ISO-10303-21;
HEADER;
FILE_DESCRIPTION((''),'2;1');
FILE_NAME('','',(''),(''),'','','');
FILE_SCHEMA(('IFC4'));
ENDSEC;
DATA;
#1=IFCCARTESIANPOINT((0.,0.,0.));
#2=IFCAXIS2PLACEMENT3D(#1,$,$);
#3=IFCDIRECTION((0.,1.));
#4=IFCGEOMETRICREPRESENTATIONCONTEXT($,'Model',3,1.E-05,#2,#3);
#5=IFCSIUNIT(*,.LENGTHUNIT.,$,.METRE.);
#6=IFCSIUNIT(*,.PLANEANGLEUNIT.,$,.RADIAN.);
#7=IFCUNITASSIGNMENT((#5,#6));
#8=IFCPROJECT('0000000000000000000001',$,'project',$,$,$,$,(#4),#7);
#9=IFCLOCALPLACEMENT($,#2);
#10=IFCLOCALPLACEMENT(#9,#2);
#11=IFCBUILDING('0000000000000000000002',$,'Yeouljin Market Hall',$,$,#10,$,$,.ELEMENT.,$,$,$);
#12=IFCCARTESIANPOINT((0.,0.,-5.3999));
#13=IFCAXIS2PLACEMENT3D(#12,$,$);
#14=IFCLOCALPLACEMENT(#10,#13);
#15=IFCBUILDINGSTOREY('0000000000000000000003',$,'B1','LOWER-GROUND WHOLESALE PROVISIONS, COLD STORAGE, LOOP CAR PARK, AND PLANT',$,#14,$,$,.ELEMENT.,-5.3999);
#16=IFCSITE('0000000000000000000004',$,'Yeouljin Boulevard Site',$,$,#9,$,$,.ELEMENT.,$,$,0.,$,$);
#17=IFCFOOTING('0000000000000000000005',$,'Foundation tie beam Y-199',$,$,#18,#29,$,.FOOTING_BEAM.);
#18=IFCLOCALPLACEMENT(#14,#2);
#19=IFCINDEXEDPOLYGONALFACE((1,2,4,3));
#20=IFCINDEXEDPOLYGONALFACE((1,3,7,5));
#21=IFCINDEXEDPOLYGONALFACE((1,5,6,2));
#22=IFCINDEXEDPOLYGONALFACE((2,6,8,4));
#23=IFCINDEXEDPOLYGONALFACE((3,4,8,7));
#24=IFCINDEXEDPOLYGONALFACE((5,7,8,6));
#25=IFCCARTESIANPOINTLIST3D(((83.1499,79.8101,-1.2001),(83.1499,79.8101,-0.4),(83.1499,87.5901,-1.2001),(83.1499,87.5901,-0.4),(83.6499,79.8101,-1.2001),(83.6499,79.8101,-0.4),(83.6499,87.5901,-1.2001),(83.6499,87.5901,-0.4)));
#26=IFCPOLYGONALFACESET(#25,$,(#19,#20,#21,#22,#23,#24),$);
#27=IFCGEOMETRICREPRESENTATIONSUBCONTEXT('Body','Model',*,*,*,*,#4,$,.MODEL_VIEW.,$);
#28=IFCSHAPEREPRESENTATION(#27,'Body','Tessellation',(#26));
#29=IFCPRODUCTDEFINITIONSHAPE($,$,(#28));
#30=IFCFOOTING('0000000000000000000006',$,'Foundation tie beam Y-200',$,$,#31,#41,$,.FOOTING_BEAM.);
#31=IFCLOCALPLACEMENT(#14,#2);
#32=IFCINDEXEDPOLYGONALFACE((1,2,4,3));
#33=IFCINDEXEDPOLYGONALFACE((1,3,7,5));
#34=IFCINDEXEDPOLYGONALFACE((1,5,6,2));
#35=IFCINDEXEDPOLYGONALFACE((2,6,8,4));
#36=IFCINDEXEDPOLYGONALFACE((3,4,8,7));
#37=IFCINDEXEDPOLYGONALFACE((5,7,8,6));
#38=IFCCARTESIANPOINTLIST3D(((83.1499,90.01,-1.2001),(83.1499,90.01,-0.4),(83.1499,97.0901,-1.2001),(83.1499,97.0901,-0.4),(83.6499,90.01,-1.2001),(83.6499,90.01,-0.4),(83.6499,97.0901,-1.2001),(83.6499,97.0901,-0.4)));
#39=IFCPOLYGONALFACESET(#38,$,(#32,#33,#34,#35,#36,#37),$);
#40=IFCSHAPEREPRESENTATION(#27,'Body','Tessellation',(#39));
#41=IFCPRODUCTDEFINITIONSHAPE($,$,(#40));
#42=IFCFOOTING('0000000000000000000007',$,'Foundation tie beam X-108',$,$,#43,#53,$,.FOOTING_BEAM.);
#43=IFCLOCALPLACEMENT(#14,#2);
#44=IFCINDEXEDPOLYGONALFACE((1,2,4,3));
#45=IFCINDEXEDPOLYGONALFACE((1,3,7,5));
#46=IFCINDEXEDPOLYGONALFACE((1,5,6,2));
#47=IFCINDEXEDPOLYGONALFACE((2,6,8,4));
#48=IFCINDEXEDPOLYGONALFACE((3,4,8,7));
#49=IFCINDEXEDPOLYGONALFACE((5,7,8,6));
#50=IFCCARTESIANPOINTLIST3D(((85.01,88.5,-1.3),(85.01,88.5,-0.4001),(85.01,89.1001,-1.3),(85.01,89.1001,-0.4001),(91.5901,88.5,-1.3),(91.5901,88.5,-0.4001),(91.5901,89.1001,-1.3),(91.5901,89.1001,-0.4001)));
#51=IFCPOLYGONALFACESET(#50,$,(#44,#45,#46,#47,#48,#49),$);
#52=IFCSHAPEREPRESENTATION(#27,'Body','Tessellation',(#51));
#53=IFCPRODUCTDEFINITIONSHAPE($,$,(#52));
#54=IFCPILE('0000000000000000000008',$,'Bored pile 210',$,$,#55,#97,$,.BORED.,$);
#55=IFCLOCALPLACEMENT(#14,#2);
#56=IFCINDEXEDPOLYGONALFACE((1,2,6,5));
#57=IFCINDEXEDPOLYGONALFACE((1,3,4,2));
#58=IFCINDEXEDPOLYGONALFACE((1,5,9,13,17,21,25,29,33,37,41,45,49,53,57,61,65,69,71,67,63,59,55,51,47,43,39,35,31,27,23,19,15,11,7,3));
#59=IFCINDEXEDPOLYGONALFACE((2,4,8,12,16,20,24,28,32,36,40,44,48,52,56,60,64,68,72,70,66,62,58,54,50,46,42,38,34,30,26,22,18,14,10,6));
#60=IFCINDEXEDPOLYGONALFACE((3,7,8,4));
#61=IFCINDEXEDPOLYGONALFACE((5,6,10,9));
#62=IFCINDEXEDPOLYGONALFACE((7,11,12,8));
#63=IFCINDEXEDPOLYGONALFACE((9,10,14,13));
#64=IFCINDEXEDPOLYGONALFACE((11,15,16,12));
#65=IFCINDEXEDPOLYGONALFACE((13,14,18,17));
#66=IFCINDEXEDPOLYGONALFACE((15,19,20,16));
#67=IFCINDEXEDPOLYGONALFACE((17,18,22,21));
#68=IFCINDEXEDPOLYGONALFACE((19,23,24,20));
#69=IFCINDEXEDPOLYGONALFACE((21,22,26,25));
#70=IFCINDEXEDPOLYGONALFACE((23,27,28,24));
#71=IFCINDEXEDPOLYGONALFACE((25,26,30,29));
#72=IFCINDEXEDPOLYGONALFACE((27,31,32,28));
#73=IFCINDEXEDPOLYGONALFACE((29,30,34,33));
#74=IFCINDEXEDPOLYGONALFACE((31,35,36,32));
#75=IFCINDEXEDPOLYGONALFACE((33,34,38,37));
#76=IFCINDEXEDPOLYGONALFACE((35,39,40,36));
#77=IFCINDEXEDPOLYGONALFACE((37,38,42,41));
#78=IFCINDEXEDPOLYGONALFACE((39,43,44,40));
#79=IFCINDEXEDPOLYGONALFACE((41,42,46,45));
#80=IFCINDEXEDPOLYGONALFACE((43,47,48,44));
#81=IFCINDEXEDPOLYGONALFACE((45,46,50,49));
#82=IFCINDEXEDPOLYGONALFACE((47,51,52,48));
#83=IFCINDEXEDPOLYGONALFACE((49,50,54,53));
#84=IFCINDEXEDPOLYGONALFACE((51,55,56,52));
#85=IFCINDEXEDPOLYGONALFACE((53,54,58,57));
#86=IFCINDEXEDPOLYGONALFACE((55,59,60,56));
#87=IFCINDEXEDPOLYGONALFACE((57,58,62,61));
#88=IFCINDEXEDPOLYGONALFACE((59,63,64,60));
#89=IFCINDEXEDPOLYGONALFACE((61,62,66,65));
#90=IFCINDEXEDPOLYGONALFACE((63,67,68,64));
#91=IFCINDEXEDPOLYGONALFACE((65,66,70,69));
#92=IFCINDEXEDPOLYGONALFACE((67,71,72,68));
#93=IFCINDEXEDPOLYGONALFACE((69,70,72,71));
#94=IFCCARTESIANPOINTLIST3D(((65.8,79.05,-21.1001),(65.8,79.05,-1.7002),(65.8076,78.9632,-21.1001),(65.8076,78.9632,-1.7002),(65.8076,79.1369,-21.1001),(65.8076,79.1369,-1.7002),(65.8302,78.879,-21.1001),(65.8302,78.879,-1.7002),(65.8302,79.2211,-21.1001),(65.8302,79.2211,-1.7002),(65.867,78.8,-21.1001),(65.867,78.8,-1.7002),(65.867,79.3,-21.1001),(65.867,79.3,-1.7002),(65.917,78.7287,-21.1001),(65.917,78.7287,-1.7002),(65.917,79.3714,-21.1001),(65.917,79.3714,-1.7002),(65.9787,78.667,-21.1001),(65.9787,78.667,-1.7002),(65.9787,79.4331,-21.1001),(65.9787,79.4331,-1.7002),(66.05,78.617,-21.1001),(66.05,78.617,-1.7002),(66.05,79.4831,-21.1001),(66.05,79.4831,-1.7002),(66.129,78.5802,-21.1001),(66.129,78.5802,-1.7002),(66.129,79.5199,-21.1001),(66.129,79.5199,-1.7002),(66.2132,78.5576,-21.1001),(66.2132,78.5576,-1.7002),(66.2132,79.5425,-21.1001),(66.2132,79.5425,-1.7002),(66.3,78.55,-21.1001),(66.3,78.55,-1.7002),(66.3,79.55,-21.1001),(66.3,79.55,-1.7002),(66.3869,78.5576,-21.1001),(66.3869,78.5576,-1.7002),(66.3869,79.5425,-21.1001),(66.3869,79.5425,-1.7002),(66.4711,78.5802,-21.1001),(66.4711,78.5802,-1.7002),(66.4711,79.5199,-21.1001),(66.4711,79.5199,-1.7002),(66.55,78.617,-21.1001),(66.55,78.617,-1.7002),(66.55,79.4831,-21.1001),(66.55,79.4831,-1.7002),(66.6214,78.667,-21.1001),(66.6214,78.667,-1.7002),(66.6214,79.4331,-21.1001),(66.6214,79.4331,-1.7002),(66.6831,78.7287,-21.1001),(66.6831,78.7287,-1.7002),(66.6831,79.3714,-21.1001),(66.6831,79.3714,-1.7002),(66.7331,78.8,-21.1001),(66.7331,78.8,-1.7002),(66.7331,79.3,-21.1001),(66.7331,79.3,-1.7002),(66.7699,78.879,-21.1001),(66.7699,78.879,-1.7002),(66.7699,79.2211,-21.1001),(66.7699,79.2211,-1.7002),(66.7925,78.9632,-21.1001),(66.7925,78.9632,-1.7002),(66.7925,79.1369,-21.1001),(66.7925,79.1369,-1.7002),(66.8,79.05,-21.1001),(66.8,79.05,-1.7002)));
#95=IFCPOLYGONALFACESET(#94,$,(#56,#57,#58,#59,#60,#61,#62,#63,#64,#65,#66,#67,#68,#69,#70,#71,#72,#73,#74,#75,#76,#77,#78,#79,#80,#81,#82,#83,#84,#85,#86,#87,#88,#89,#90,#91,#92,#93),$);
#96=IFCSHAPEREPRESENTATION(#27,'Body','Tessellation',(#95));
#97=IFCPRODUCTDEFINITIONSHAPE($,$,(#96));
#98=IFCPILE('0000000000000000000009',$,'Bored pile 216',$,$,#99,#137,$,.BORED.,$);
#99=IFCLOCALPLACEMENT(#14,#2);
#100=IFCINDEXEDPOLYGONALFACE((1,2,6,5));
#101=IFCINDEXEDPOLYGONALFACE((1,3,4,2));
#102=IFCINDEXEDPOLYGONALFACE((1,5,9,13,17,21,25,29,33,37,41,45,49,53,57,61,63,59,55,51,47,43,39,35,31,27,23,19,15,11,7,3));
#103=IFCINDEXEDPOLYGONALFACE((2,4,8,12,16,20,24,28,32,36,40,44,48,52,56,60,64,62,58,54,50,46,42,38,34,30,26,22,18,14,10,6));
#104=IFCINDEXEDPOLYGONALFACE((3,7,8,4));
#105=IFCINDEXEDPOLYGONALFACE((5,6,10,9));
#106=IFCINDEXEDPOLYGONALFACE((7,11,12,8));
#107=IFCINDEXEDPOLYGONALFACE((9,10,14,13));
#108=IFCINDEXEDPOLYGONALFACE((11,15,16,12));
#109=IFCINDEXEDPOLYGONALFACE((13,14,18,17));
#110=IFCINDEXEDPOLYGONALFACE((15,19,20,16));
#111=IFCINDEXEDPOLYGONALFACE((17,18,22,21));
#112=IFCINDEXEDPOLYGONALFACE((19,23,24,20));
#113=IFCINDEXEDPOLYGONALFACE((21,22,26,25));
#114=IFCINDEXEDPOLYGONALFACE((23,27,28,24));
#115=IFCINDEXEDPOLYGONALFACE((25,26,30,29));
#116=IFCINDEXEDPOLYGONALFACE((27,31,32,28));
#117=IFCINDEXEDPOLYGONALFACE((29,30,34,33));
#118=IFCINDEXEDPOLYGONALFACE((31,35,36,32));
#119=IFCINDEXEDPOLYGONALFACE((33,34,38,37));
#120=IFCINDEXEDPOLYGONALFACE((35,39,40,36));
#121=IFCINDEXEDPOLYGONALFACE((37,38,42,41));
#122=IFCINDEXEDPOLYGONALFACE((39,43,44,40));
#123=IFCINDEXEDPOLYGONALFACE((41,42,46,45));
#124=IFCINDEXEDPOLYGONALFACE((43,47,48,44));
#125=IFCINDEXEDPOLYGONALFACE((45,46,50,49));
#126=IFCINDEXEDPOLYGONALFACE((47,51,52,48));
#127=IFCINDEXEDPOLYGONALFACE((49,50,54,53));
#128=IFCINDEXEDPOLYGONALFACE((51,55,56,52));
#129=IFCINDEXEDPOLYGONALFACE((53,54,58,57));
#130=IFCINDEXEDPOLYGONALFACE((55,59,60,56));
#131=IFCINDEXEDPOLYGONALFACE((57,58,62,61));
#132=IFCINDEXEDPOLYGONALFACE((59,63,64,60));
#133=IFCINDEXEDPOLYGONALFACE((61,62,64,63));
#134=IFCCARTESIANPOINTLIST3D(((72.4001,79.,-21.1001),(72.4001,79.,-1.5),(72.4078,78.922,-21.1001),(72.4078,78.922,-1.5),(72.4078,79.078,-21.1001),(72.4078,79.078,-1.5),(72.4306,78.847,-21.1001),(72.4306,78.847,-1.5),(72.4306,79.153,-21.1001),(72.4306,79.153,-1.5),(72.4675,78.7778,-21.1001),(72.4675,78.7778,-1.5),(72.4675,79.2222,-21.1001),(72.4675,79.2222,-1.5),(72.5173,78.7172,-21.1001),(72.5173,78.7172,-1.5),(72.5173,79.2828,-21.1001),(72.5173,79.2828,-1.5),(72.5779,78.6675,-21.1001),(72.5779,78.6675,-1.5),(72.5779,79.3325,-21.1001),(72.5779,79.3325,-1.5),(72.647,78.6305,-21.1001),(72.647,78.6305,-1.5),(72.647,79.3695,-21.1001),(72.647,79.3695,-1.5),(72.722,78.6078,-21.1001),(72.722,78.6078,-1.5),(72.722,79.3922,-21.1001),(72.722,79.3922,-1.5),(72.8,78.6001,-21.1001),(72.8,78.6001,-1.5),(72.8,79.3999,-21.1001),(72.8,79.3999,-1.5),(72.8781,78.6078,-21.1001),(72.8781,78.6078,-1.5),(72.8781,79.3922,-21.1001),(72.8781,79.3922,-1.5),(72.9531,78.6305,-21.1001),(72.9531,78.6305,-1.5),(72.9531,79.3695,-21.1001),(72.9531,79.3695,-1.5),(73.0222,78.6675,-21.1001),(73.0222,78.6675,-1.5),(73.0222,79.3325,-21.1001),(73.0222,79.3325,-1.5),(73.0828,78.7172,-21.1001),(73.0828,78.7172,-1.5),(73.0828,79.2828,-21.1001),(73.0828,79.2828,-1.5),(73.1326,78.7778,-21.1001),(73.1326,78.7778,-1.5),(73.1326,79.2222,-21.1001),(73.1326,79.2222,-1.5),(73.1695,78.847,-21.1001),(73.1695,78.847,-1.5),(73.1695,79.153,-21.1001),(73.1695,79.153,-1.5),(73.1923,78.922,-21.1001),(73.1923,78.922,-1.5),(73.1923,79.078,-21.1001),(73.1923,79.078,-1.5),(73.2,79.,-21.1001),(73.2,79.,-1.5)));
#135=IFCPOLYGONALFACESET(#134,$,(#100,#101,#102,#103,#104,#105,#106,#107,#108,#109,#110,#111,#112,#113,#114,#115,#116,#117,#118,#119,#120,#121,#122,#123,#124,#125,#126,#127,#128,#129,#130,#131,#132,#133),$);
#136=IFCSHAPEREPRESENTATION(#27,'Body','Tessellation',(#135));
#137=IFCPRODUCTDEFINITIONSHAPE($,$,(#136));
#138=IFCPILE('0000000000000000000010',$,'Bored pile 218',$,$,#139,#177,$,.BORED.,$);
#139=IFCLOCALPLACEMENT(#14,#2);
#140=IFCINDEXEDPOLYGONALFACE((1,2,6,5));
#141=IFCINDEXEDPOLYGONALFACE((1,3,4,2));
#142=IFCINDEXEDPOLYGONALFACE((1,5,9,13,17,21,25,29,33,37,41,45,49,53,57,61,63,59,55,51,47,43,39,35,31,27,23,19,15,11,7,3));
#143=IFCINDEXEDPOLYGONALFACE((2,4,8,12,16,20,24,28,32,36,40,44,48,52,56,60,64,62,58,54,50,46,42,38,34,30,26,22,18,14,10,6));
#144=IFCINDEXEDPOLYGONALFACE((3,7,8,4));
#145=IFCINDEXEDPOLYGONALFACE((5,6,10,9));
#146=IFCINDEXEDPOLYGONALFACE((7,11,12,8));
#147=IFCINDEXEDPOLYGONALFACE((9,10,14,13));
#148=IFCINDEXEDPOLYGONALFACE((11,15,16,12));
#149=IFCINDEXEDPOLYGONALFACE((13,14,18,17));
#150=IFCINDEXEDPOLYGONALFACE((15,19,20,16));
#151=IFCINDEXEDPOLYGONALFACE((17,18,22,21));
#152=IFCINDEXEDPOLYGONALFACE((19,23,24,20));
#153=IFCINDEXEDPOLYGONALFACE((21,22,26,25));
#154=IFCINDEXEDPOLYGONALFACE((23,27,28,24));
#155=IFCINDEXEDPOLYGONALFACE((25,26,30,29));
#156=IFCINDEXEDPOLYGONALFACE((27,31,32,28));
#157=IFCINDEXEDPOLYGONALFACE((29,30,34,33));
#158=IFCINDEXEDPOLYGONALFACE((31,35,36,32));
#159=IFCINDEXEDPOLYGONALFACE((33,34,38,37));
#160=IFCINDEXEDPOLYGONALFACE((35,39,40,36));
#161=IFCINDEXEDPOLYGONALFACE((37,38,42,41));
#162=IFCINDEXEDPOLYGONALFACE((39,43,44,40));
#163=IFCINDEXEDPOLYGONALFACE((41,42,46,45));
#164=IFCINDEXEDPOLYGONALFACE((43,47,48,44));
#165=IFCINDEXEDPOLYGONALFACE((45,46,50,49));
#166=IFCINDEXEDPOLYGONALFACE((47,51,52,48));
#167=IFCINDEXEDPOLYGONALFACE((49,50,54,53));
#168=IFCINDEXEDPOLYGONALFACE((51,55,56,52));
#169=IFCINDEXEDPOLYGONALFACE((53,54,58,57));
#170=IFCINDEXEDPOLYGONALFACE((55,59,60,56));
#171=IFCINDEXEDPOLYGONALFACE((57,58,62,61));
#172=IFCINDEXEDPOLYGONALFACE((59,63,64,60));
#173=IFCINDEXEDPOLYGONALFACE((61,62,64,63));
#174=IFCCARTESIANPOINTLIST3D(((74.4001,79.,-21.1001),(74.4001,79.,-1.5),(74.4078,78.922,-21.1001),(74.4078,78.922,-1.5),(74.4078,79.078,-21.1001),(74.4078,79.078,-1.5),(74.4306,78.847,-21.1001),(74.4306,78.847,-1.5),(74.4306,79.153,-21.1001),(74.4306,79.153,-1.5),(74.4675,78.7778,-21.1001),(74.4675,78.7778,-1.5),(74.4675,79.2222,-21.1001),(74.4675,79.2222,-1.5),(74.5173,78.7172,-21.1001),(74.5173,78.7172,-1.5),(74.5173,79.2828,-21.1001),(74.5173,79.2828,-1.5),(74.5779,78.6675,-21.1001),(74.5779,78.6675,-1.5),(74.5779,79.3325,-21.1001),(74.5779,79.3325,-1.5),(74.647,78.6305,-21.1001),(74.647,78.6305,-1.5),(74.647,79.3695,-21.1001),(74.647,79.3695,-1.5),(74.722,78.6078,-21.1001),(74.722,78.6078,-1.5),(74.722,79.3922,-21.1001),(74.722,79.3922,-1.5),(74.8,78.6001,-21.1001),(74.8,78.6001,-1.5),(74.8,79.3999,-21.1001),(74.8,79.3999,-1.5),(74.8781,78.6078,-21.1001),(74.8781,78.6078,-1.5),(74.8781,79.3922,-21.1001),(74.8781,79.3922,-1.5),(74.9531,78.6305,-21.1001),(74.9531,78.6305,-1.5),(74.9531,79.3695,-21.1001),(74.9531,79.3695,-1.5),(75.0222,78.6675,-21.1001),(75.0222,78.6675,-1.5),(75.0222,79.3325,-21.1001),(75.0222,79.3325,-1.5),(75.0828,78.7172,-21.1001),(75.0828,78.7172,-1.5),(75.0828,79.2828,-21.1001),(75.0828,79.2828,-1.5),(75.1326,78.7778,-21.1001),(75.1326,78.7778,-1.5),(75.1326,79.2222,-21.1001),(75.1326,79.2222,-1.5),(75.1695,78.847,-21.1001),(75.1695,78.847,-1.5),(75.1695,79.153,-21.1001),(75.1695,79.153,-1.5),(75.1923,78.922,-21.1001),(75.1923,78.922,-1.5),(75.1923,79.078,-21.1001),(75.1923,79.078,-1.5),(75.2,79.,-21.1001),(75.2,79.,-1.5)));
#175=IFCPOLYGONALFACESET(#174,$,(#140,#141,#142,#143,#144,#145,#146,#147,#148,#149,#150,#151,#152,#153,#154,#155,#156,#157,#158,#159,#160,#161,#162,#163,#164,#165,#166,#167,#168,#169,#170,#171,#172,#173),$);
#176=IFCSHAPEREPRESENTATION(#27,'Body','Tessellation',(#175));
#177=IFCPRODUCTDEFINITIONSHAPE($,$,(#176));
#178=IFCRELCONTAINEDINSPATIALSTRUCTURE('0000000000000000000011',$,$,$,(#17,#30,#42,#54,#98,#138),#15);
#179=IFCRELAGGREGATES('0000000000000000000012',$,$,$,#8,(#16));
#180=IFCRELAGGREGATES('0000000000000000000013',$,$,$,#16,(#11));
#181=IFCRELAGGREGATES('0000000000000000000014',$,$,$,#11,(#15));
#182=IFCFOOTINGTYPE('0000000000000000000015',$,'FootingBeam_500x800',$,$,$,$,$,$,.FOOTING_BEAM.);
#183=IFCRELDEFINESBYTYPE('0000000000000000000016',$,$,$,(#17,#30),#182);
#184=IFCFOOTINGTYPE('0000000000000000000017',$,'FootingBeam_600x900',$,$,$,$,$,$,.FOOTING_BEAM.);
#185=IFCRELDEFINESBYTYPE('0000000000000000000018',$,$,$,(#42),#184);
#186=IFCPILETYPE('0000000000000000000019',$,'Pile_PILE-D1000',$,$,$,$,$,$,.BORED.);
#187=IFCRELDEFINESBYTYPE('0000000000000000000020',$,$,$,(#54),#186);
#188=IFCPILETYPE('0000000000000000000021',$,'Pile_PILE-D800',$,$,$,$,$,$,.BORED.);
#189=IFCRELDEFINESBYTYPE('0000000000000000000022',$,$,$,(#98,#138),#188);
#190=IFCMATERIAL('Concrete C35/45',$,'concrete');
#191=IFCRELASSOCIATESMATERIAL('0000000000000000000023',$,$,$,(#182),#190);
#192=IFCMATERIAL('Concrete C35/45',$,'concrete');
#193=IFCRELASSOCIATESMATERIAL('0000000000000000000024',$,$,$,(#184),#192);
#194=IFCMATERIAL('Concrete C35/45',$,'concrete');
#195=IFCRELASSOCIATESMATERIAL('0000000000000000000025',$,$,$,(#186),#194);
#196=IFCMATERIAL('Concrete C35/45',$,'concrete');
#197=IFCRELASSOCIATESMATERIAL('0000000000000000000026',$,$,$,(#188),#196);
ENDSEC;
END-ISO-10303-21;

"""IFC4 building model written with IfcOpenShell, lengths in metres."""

from ifc_helpers import new_model, si_unit, direction, frame, origin, origin_2d, place, context, subcontext, project, spatial, rectangle, circle, extrude, material, material_profile, profile_set, type_object, element, save


model = new_model("IFC4")

# Units and contexts
model_context = context("Model", 3, precision=1e-05, world=origin(), true_north=direction((0.0, 1.0)))
body_context = subcontext(model_context, "Body", "Model", "MODEL_VIEW")
ifc_project = project(units=[si_unit("LENGTHUNIT", "METRE"), si_unit("PLANEANGLEUNIT", "RADIAN")], contexts=[model_context])

# Site, building, storey
site_placement = place(None, origin())
site = spatial("IfcSite", under=ifc_project, at=site_placement, Name="Yeouljin Boulevard Site", CompositionType="ELEMENT", RefElevation=0.0)
building_placement = place(site_placement, origin())
building = spatial("IfcBuilding", under=site, at=building_placement, Name="Yeouljin Market Hall", CompositionType="ELEMENT")
storey_placement = place(building_placement, frame((0.0, 0.0, -5.3999)))
storey = spatial("IfcBuildingStorey", under=building, at=storey_placement, Name="B1", Description="LOWER-GROUND WHOLESALE PROVISIONS, COLD STORAGE, LOOP CAR PARK, AND PLANT", CompositionType="ELEMENT", Elevation=-5.3999)

# Footings
ifc_material_1 = material(Name="Concrete C35/45", Category="concrete")
ifc_material_profile_1 = material_profile(ifc_material_1, rectangle(XDim=0.5, YDim=0.8, at=origin_2d()), Name="RC-500x800")
ifc_profile_set_1 = profile_set([ifc_material_profile_1], Name="Concrete C35/45")
footing_type_1 = type_object("IfcFootingType", Name="FootingBeam_500x800", PredefinedType="FOOTING_BEAM", material=ifc_profile_set_1)
footing_1_placement = place(storey_placement, frame((83.3999, 79.8101, -0.8), z_axis=(0.0, 1.0, 0.0), x_axis=(-1.0, 0.0, 0.0)))
element("IfcFooting", 1, at=footing_1_placement, inside=storey, type_object=footing_type_1, Name="Foundation tie beam Y-199", PredefinedType="FOOTING_BEAM", context=body_context, shape_type="SweptSolid", body=[
    extrude(rectangle(XDim=0.5, YDim=0.8, at=origin_2d()), origin(), (0.0, 0.0, 1.0), 7.78),
])
footing_2_placement = place(storey_placement, frame((83.3999, 90.01, -0.8), z_axis=(0.0, 1.0, 0.0), x_axis=(-1.0, 0.0, 0.0)))
element("IfcFooting", 2, at=footing_2_placement, inside=storey, type_object=footing_type_1, Name="Foundation tie beam Y-200", PredefinedType="FOOTING_BEAM", context=body_context, shape_type="SweptSolid", body=[
    extrude(rectangle(XDim=0.5, YDim=0.8, at=origin_2d()), origin(), (0.0, 0.0, 1.0), 7.0801),
])
ifc_material_2 = material(Name="Concrete C35/45", Category="concrete")
ifc_material_profile_2 = material_profile(ifc_material_2, rectangle(XDim=0.6001, YDim=0.8999, at=origin_2d()), Name="RC-600x900")
ifc_profile_set_2 = profile_set([ifc_material_profile_2], Name="Concrete C35/45")
footing_type_2 = type_object("IfcFootingType", Name="FootingBeam_600x900", PredefinedType="FOOTING_BEAM", material=ifc_profile_set_2)
footing_3_placement = place(storey_placement, frame((85.01, 88.8, -0.8501), z_axis=(1.0, 0.0, 0.0), x_axis=(0.0, 1.0, 0.0)))
element("IfcFooting", 3, at=footing_3_placement, inside=storey, type_object=footing_type_2, Name="Foundation tie beam X-108", PredefinedType="FOOTING_BEAM", context=body_context, shape_type="SweptSolid", body=[
    extrude(rectangle(XDim=0.6001, YDim=0.8999, at=origin_2d()), origin(), (0.0, 0.0, 1.0), 6.5801),
])

# Piles
ifc_material_3 = material(Name="Concrete C35/45", Category="concrete")
ifc_material_profile_3 = material_profile(ifc_material_3, circle(Radius=0.5, at=origin_2d()), Name="PILE-D1000")
ifc_profile_set_3 = profile_set([ifc_material_profile_3], Name="Concrete C35/45")
pile_type_1 = type_object("IfcPileType", Name="Pile_PILE-D1000", PredefinedType="BORED", material=ifc_profile_set_3)
pile_placement = place(storey_placement, frame((66.3, 79.05, -1.7002), z_axis=(0.0, 0.0, -1.0), x_axis=(1.0, 0.0, 0.0)))
element("IfcPile", 4, at=pile_placement, inside=storey, type_object=pile_type_1, Name="Bored pile 210", PredefinedType="BORED", context=body_context, shape_type="SweptSolid", body=[
    extrude(circle(Radius=0.5, at=origin_2d()), origin(), (0.0, 0.0, 1.0), 19.3999),
])
ifc_material_4 = material(Name="Concrete C35/45", Category="concrete")
ifc_material_profile_4 = material_profile(ifc_material_4, circle(Radius=0.3999, at=origin_2d()), Name="PILE-D800")
ifc_profile_set_4 = profile_set([ifc_material_profile_4], Name="Concrete C35/45")
pile_type_2 = type_object("IfcPileType", Name="Pile_PILE-D800", PredefinedType="BORED", material=ifc_profile_set_4)
for number, where, z_axis, x_axis, name in (
    (5, (72.8, 79.0, -1.5), (0.0, 0.0, -1.0), (1.0, 0.0, 0.0), "Bored pile 216"),
    (6, (74.8, 79.0, -1.5), (0.0, 0.0, -1.0), (1.0, 0.0, 0.0), "Bored pile 218"),
):
    element("IfcPile", number, at=place(storey_placement, frame(where, z_axis=z_axis, x_axis=x_axis)), inside=storey, type_object=pile_type_2, Name=name, PredefinedType="BORED", context=body_context, shape_type="SweptSolid", body=[
        extrude(circle(Radius=0.3999, at=origin_2d()), origin(), (0.0, 0.0, 1.0), 19.6001),
    ])

save(model, "model.ifc")
